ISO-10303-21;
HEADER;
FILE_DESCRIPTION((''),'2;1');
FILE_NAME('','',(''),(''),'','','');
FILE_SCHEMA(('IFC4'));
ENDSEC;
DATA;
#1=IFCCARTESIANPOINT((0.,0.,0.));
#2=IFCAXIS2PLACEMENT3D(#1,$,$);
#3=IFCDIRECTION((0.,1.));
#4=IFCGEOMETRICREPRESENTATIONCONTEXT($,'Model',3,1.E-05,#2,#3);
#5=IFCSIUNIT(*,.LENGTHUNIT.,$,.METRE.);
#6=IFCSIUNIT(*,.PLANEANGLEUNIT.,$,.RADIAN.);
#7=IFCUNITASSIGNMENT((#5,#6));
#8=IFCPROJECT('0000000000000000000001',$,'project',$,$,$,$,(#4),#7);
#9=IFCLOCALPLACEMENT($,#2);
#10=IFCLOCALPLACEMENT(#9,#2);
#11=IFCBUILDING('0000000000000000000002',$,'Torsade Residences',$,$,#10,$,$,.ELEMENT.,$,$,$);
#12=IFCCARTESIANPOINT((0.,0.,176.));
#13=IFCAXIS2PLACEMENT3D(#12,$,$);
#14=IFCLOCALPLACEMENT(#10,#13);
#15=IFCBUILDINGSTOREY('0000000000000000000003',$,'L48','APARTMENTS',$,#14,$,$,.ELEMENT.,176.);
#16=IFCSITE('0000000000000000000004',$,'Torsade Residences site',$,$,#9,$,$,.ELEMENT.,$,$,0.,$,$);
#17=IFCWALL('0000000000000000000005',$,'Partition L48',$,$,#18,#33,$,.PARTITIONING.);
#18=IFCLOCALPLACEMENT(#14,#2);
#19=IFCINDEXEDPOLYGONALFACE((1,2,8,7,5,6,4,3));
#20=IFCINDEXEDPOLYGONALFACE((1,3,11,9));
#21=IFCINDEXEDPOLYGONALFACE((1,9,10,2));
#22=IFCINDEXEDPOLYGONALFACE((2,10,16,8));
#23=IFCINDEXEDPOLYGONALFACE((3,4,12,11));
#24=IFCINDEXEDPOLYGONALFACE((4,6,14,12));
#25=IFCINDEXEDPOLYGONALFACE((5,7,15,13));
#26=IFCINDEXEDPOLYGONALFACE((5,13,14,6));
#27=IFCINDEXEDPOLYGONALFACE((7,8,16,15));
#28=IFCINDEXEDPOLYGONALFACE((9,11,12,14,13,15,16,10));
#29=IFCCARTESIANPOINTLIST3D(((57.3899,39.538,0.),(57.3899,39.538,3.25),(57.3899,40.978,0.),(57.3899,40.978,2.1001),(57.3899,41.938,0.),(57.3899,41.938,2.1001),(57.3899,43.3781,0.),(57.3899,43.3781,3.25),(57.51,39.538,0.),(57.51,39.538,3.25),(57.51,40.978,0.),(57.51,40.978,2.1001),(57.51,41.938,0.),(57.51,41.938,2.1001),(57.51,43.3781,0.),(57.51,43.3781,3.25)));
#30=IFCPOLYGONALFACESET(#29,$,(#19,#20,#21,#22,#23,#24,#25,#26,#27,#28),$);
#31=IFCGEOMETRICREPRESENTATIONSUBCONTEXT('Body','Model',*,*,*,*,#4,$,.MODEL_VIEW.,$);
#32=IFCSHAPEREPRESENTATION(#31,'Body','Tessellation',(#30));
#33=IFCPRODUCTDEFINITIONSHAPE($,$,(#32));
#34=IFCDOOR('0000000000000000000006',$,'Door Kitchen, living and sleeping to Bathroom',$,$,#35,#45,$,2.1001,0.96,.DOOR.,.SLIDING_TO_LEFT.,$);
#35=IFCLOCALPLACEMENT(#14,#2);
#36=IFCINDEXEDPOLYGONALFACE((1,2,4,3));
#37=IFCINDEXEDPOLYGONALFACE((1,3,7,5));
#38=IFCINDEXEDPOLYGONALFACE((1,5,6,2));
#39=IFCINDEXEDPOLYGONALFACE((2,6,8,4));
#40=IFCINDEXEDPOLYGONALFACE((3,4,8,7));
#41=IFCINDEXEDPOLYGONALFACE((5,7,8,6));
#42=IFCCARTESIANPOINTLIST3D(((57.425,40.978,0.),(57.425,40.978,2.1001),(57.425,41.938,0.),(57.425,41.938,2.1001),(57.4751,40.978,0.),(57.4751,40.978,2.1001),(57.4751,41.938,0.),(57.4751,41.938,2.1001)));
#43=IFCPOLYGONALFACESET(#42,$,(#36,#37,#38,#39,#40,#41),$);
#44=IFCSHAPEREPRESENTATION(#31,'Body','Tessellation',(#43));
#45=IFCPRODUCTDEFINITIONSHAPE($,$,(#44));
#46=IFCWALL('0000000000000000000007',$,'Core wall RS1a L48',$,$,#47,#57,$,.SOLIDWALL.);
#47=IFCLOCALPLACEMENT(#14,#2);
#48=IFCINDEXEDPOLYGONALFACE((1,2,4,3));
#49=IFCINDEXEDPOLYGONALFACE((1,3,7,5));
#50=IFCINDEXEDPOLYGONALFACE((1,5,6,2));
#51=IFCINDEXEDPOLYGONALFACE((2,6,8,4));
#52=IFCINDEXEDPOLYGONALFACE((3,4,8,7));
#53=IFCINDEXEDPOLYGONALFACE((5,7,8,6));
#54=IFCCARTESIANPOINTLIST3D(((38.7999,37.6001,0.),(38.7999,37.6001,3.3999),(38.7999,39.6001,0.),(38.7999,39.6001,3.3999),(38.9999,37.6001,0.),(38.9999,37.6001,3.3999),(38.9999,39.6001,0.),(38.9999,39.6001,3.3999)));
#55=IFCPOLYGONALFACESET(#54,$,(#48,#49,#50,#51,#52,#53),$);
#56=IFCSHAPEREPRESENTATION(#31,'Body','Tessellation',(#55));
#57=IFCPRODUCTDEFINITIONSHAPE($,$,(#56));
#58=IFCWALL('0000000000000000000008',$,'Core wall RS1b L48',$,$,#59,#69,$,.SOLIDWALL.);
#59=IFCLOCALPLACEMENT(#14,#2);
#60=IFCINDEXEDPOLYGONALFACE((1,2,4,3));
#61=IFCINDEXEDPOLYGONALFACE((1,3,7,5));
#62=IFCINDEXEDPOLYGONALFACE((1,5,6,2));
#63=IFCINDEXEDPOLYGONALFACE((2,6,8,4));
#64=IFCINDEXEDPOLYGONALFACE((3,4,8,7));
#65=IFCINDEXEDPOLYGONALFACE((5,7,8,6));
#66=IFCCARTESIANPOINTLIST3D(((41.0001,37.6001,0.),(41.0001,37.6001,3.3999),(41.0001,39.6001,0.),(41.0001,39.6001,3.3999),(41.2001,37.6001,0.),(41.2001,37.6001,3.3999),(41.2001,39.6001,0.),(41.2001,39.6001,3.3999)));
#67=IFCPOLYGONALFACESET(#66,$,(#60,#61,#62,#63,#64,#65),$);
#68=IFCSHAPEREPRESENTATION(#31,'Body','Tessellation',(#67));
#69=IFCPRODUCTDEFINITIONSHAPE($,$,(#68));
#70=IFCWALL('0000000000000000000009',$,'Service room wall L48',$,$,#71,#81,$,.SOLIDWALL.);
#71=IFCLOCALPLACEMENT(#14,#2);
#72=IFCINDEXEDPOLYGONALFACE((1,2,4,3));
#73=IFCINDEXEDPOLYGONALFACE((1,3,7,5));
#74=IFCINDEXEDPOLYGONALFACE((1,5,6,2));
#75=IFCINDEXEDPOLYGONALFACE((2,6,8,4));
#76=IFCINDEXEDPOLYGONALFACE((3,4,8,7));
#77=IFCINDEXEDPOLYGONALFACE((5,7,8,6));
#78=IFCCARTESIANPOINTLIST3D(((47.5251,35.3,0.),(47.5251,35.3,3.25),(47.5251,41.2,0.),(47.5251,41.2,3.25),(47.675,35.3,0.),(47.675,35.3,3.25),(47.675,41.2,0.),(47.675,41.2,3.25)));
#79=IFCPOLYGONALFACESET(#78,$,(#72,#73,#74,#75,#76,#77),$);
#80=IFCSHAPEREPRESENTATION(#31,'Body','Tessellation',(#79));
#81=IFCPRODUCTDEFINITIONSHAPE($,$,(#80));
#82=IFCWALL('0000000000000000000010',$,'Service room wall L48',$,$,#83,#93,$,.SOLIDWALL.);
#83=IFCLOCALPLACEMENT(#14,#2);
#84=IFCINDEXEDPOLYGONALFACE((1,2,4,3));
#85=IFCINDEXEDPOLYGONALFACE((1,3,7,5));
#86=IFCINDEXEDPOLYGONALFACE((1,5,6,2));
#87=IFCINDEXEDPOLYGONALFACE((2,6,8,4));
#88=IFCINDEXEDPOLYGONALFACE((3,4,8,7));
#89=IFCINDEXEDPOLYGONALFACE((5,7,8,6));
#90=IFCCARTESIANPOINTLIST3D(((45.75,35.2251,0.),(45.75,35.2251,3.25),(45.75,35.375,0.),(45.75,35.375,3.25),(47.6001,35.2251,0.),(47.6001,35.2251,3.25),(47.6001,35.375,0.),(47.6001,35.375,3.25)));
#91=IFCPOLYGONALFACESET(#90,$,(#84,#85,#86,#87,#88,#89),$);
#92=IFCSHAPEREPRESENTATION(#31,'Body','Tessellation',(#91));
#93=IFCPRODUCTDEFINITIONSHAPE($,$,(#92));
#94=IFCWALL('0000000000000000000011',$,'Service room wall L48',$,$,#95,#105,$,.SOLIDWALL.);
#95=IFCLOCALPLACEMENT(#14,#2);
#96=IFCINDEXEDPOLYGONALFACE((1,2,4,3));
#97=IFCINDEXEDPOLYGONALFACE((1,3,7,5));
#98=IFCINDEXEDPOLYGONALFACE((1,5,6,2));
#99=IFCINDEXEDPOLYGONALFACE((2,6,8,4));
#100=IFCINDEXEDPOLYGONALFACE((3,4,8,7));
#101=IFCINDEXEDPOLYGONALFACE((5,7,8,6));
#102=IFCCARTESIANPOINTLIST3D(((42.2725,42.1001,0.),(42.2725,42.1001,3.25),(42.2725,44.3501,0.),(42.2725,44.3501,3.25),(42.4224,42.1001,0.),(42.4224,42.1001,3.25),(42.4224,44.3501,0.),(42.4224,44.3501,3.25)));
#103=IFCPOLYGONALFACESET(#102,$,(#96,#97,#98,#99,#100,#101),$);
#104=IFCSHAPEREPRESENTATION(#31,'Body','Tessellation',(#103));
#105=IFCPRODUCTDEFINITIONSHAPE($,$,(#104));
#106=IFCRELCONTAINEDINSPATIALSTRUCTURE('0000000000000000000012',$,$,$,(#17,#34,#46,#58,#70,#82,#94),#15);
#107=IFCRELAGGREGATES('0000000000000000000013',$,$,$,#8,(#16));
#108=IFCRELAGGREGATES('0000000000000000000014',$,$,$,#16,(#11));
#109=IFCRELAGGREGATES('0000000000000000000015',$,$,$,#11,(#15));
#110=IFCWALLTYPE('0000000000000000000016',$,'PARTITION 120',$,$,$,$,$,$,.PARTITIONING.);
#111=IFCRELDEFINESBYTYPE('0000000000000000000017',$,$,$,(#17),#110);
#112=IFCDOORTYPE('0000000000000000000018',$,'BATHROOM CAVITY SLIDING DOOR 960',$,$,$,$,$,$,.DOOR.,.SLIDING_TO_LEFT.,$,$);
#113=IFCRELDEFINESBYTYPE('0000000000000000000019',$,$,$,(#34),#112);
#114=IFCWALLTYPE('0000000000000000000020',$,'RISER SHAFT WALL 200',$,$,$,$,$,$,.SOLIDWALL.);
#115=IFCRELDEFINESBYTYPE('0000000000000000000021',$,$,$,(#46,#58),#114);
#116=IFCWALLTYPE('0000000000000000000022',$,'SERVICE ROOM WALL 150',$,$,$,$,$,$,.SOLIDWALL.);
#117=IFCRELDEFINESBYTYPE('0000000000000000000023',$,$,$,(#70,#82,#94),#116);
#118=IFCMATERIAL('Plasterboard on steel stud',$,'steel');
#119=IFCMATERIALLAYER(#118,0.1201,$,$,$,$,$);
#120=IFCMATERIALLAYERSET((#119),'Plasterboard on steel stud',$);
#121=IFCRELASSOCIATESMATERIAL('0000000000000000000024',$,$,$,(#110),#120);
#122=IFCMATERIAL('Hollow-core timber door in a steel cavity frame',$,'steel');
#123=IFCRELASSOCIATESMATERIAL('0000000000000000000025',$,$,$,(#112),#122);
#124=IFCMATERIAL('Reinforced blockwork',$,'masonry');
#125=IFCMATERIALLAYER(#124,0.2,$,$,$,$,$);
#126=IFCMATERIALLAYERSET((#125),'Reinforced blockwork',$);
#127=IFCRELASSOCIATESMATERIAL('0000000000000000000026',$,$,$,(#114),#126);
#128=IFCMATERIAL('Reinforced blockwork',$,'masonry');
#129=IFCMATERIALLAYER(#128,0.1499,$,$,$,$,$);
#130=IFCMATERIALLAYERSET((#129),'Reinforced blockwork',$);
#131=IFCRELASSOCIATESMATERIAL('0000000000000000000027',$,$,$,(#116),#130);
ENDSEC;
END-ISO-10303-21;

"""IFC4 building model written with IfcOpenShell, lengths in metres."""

from ifc_helpers import new_model, si_unit, direction, frame, frame_2d, origin, place, context, subcontext, project, spatial, rectangle, extrude, material, layer, layer_set, type_object, element, fill, save


model = new_model("IFC4")

# Units and contexts
model_context = context("Model", 3, precision=1e-05, world=origin(), true_north=direction((0.0, 1.0)))
body_context = subcontext(model_context, "Body", "Model", "MODEL_VIEW")
ifc_project = project(units=[si_unit("LENGTHUNIT", "METRE"), si_unit("PLANEANGLEUNIT", "RADIAN")], contexts=[model_context])

# Site, building, storey
site_placement = place(None, origin())
site = spatial("IfcSite", under=ifc_project, at=site_placement, Name="Torsade Residences site", CompositionType="ELEMENT", RefElevation=0.0)
building_placement = place(site_placement, origin())
building = spatial("IfcBuilding", under=site, at=building_placement, Name="Torsade Residences", CompositionType="ELEMENT")
storey_placement = place(building_placement, frame((0.0, 0.0, 176.0)))
storey = spatial("IfcBuildingStorey", under=building, at=storey_placement, Name="L48", Description="APARTMENTS", CompositionType="ELEMENT", Elevation=176.0)

# Shared definitions
ifc_material_1 = material(Name="Plasterboard on steel stud", Category="steel")
ifc_layer_1 = layer(ifc_material_1, 0.1201)
ifc_layer_set_1 = layer_set([ifc_layer_1], Name="Plasterboard on steel stud")
wall_type_1 = type_object("IfcWallType", Name="PARTITION 120", PredefinedType="PARTITIONING", material=ifc_layer_set_1)
ifc_material_2 = material(Name="Hollow-core timber door in a steel cavity frame", Category="steel")
door_type_1 = type_object("IfcDoorType", Name="BATHROOM CAVITY SLIDING DOOR 960", OperationType="SLIDING_TO_LEFT", PredefinedType="DOOR", material=ifc_material_2)

# Wall, opening, door
wall_1_placement = place(storey_placement, frame((57.45, 39.5381, 0.0), z_axis=(0.0, 0.0, 1.0), x_axis=(0.0, 1.0, 0.0)))
wall_1 = element("IfcWall", 1, at=wall_1_placement, inside=storey, type_object=wall_type_1, Name="Partition L48", PredefinedType="PARTITIONING", context=body_context, shape_type="SweptSolid", body=[
    extrude(rectangle(XDim=3.8401, YDim=0.1201, at=frame_2d((1.9199, 0.0))), origin(), (0.0, 0.0, 1.0), 3.25),
])
opening_1_placement = place(wall_1_placement, frame((1.4399, 0.0, 0.0)))
opening_1 = element("IfcOpeningElement", 2, at=opening_1_placement, cuts=wall_1, PredefinedType="OPENING", context=body_context, shape_type="SweptSolid", body=[
    extrude(rectangle(XDim=0.96, YDim=2.1001, at=frame_2d((0.48, 1.05))), frame((0.0, 0.0701, 0.0), z_axis=(0.0, -1.0, 0.0), x_axis=(1.0, 0.0, 0.0)), (0.0, 0.0, 1.0), 0.1401),
])
door_1_placement = place(opening_1_placement, origin())
door_1 = element("IfcDoor", 3, at=door_1_placement, inside=storey, type_object=door_type_1, Name="Door Kitchen, living and sleeping to Bathroom", OperationType="SLIDING_TO_LEFT", OverallHeight=2.1001, OverallWidth=0.96, PredefinedType="DOOR", context=body_context, shape_type="SweptSolid", body=[
    extrude(rectangle(XDim=0.96, YDim=2.1001, at=frame_2d((0.48, 1.05))), frame((0.0, 0.0249, 0.0), z_axis=(0.0, -1.0, 0.0), x_axis=(1.0, 0.0, 0.0)), (0.0, 0.0, 1.0), 0.05),
])
fill(opening_1, door_1)

# Walls
ifc_material_3 = material(Name="Reinforced blockwork", Category="masonry")
ifc_layer_2 = layer(ifc_material_3, 0.2)
ifc_layer_set_2 = layer_set([ifc_layer_2], Name="Reinforced blockwork")
wall_type_2 = type_object("IfcWallType", Name="RISER SHAFT WALL 200", PredefinedType="SOLIDWALL", material=ifc_layer_set_2)
for number, where, z_axis, x_axis, name in (
    (4, (38.8999, 37.6001, 0.0), (0.0, 0.0, 1.0), (0.0, 1.0, 0.0), "Core wall RS1a L48"),
    (5, (41.1001, 37.6001, 0.0), (0.0, 0.0, 1.0), (0.0, 1.0, 0.0), "Core wall RS1b L48"),
):
    element("IfcWall", number, at=place(storey_placement, frame(where, z_axis=z_axis, x_axis=x_axis)), inside=storey, type_object=wall_type_2, Name=name, PredefinedType="SOLIDWALL", context=body_context, shape_type="SweptSolid", body=[
        extrude(rectangle(XDim=2.0, YDim=0.2, at=frame_2d((1.0, 0.0))), origin(), (0.0, 0.0, 1.0), 3.3999),
    ])
ifc_material_4 = material(Name="Reinforced blockwork", Category="masonry")
ifc_layer_3 = layer(ifc_material_4, 0.1499)
ifc_layer_set_3 = layer_set([ifc_layer_3], Name="Reinforced blockwork")
wall_type_3 = type_object("IfcWallType", Name="SERVICE ROOM WALL 150", PredefinedType="SOLIDWALL", material=ifc_layer_set_3)
wall_2_placement = place(storey_placement, frame((47.6001, 41.2, 0.0), z_axis=(0.0, 0.0, 1.0), x_axis=(0.0, -1.0, 0.0)))
element("IfcWall", 6, at=wall_2_placement, inside=storey, type_object=wall_type_3, Name="Service room wall L48", PredefinedType="SOLIDWALL", context=body_context, shape_type="SweptSolid", body=[
    extrude(rectangle(XDim=5.8999, YDim=0.1499, at=frame_2d((2.95, 0.0))), origin(), (0.0, 0.0, 1.0), 3.25),
])
wall_3_placement = place(storey_placement, frame((47.6001, 35.3, 0.0), z_axis=(0.0, 0.0, 1.0), x_axis=(-1.0, 0.0, 0.0)))
element("IfcWall", 7, at=wall_3_placement, inside=storey, type_object=wall_type_3, Name="Service room wall L48", PredefinedType="SOLIDWALL", context=body_context, shape_type="SweptSolid", body=[
    extrude(rectangle(XDim=1.8501, YDim=0.1499, at=frame_2d((0.925, 0.0))), origin(), (0.0, 0.0, 1.0), 3.25),
])
wall_4_placement = place(storey_placement, frame((42.3474, 42.1001, 0.0), z_axis=(0.0, 0.0, 1.0), x_axis=(0.0, 1.0, 0.0)))
element("IfcWall", 8, at=wall_4_placement, inside=storey, type_object=wall_type_3, Name="Service room wall L48", PredefinedType="SOLIDWALL", context=body_context, shape_type="SweptSolid", body=[
    extrude(rectangle(XDim=2.25, YDim=0.1499, at=frame_2d((1.125, 0.0))), origin(), (0.0, 0.0, 1.0), 3.25),
])

save(model, "model.ifc")
